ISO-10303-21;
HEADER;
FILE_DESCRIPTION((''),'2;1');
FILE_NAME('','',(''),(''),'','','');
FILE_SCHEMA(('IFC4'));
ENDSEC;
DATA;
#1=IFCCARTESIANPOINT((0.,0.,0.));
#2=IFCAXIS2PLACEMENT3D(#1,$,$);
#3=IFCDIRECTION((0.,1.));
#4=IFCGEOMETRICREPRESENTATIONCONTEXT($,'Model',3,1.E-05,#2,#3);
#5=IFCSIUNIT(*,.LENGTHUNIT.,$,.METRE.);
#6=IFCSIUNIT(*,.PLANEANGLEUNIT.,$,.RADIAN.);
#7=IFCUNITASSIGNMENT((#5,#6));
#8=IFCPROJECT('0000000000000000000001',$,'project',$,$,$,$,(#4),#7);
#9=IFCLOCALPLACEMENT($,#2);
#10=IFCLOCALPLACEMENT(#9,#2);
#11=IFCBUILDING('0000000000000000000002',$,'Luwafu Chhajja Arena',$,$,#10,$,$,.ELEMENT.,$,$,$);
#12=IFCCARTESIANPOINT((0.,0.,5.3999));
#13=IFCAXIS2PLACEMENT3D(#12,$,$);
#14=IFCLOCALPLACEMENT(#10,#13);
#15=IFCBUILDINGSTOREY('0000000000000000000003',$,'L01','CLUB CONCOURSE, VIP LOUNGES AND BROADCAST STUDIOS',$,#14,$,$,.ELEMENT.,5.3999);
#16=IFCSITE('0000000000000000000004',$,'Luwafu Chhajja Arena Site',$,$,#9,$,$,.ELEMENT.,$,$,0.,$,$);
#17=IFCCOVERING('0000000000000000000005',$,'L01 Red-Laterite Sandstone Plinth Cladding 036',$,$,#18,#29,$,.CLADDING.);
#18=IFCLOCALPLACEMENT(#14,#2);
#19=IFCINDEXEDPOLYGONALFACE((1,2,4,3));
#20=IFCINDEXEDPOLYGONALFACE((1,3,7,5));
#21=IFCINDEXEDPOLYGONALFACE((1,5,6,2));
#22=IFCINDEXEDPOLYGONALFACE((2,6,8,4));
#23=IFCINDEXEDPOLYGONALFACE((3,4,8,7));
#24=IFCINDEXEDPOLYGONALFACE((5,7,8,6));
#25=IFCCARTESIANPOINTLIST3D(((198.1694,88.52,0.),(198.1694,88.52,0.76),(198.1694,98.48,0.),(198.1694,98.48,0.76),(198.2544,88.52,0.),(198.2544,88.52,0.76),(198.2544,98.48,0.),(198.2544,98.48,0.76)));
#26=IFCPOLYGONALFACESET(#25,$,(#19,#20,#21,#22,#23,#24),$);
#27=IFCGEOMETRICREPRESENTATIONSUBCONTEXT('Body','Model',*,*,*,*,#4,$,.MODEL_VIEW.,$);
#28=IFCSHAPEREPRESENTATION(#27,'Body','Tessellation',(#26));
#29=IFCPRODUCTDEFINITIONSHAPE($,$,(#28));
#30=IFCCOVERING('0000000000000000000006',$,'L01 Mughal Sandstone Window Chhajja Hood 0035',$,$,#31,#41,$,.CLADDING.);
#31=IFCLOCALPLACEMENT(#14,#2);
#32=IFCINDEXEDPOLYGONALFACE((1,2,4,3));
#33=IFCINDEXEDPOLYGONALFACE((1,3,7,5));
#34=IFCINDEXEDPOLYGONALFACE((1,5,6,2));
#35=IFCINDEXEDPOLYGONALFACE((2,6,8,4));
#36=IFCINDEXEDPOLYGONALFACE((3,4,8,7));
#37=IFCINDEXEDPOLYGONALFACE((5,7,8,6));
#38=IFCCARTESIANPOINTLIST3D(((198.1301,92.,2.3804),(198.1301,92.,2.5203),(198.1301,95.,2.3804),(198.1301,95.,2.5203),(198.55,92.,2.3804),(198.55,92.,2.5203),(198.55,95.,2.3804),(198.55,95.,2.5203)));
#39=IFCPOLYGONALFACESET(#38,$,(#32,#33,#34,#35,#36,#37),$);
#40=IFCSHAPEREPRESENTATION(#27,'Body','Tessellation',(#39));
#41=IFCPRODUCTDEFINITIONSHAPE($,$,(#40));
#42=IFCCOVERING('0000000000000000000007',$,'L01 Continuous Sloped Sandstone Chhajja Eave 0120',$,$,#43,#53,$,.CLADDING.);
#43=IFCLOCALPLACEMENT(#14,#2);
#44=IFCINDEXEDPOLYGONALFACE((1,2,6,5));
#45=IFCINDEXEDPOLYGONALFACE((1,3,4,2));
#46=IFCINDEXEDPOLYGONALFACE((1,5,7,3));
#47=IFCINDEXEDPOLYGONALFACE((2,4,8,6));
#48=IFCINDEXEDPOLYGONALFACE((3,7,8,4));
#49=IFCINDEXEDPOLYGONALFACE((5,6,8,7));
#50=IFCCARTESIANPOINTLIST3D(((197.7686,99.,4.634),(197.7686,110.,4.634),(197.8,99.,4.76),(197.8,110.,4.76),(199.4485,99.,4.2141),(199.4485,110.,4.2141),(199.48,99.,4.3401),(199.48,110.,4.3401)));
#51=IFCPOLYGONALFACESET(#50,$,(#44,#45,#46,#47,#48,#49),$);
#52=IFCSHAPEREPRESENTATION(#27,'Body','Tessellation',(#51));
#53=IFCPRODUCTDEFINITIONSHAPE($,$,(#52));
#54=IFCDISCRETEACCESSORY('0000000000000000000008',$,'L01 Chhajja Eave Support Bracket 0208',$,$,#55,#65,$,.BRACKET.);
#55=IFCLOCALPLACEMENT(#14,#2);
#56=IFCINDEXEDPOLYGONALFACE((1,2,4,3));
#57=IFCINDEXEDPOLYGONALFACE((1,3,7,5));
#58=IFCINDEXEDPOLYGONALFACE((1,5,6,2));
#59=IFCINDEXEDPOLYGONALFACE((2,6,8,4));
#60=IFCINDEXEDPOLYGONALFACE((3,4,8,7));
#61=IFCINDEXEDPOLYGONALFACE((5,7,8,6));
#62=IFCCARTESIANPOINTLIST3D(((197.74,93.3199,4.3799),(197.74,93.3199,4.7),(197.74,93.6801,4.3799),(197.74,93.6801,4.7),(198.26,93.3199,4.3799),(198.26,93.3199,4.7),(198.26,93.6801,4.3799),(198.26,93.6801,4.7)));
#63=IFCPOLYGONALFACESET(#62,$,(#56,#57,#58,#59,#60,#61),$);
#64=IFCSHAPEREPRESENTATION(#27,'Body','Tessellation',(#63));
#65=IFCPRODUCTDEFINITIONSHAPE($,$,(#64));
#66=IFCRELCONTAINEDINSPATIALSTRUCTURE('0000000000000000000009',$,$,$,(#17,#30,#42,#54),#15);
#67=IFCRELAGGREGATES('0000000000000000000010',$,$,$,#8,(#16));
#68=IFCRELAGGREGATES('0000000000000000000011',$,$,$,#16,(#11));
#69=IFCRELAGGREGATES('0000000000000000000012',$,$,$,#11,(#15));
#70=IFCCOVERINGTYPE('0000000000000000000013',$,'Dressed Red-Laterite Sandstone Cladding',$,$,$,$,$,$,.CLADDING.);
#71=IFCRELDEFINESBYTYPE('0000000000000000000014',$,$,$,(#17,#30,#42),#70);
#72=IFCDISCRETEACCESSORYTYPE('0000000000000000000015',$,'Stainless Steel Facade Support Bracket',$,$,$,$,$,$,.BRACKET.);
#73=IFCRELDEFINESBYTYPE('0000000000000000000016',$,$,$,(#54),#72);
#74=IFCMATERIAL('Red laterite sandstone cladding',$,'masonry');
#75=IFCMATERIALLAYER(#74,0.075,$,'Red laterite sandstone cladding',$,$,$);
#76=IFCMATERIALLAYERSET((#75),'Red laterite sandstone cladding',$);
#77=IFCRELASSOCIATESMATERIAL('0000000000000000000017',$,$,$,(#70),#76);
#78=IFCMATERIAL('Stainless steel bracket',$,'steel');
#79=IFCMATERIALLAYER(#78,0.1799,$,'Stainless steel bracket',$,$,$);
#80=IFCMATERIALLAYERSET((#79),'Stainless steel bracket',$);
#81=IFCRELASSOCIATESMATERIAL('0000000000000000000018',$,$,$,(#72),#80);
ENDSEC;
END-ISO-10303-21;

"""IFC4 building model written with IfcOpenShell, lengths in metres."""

from ifc_helpers import new_model, si_unit, direction, frame, origin, origin_2d, place, context, subcontext, project, spatial, polyline, rectangle, outline, extrude, material, layer, layer_set, type_object, element, save


model = new_model("IFC4")

# Units and contexts
model_context = context("Model", 3, precision=1e-05, world=origin(), true_north=direction((0.0, 1.0)))
body_context = subcontext(model_context, "Body", "Model", "MODEL_VIEW")
ifc_project = project(units=[si_unit("LENGTHUNIT", "METRE"), si_unit("PLANEANGLEUNIT", "RADIAN")], contexts=[model_context])

# Site, building, storey
site_placement = place(None, origin())
site = spatial("IfcSite", under=ifc_project, at=site_placement, Name="Luwafu Chhajja Arena Site", CompositionType="ELEMENT", RefElevation=0.0)
building_placement = place(site_placement, origin())
building = spatial("IfcBuilding", under=site, at=building_placement, Name="Luwafu Chhajja Arena", CompositionType="ELEMENT")
storey_placement = place(building_placement, frame((0.0, 0.0, 5.3999)))
storey = spatial("IfcBuildingStorey", under=building, at=storey_placement, Name="L01", Description="CLUB CONCOURSE, VIP LOUNGES AND BROADCAST STUDIOS", CompositionType="ELEMENT", Elevation=5.3999)

# Coverings
ifc_material_1 = material(Name="Red laterite sandstone cladding", Category="masonry")
ifc_layer_1 = layer(ifc_material_1, 0.075, Name="Red laterite sandstone cladding")
ifc_layer_set_1 = layer_set([ifc_layer_1], Name="Red laterite sandstone cladding")
covering_type = type_object("IfcCoveringType", Name="Dressed Red-Laterite Sandstone Cladding", PredefinedType="CLADDING", material=ifc_layer_set_1)
covering_1_placement = place(storey_placement, frame((198.2119, 93.5, 0.0), z_axis=(0.0, 0.0, 1.0), x_axis=(0.0, 1.0, 0.0)))
element("IfcCovering", 1, at=covering_1_placement, inside=storey, type_object=covering_type, Name="L01 Red-Laterite Sandstone Plinth Cladding 036", PredefinedType="CLADDING", context=body_context, shape_type="SweptSolid", body=[
    extrude(rectangle(XDim=9.96, YDim=0.085, at=origin_2d()), origin(), (0.0, 0.0, 1.0), 0.76),
])
covering_2_placement = place(storey_placement, frame((198.3401, 93.5, 2.3804), z_axis=(0.0, 0.0, 1.0), x_axis=(0.0, 1.0, 0.0)))
element("IfcCovering", 2, at=covering_2_placement, inside=storey, type_object=covering_type, Name="L01 Mughal Sandstone Window Chhajja Hood 0035", PredefinedType="CLADDING", context=body_context, shape_type="SweptSolid", body=[
    extrude(rectangle(XDim=3.0, YDim=0.4199, at=origin_2d()), origin(), (0.0, 0.0, 1.0), 0.1399),
])
covering_3_placement = place(storey_placement, frame((197.8, 99.0, 4.76), z_axis=(0.242502, 0.0, 0.970151), x_axis=(0.0, 1.0, 0.0)))
element("IfcCovering", 3, at=covering_3_placement, inside=storey, type_object=covering_type, Name="L01 Continuous Sloped Sandstone Chhajja Eave 0120", PredefinedType="CLADDING", context=body_context, shape_type="SweptSolid", body=[
    extrude(outline(polyline([(0.0, 0.0), (11.0, 0.0), (11.0, -1.7316), (0.0, -1.7316), (0.0, 0.0)])), origin(), (0.0, 0.0, -1.0), 0.1299),
])

# Discrete accessory
ifc_material_2 = material(Name="Stainless steel bracket", Category="steel")
ifc_layer_2 = layer(ifc_material_2, 0.1799, Name="Stainless steel bracket")
ifc_layer_set_2 = layer_set([ifc_layer_2], Name="Stainless steel bracket")
discrete_accessory_type = type_object("IfcDiscreteAccessoryType", Name="Stainless Steel Facade Support Bracket", PredefinedType="BRACKET", material=ifc_layer_set_2)
discrete_accessory_placement = place(storey_placement, frame((198.0, 93.5, 4.3799), z_axis=(0.0, 0.0, 1.0), x_axis=(0.0, 1.0, 0.0)))
element("IfcDiscreteAccessory", 4, at=discrete_accessory_placement, inside=storey, type_object=discrete_accessory_type, Name="L01 Chhajja Eave Support Bracket 0208", PredefinedType="BRACKET", context=body_context, shape_type="SweptSolid", body=[
    extrude(rectangle(XDim=0.3601, YDim=0.52, at=origin_2d()), origin(), (0.0, 0.0, 1.0), 0.3201),
])

save(model, "model.ifc")
